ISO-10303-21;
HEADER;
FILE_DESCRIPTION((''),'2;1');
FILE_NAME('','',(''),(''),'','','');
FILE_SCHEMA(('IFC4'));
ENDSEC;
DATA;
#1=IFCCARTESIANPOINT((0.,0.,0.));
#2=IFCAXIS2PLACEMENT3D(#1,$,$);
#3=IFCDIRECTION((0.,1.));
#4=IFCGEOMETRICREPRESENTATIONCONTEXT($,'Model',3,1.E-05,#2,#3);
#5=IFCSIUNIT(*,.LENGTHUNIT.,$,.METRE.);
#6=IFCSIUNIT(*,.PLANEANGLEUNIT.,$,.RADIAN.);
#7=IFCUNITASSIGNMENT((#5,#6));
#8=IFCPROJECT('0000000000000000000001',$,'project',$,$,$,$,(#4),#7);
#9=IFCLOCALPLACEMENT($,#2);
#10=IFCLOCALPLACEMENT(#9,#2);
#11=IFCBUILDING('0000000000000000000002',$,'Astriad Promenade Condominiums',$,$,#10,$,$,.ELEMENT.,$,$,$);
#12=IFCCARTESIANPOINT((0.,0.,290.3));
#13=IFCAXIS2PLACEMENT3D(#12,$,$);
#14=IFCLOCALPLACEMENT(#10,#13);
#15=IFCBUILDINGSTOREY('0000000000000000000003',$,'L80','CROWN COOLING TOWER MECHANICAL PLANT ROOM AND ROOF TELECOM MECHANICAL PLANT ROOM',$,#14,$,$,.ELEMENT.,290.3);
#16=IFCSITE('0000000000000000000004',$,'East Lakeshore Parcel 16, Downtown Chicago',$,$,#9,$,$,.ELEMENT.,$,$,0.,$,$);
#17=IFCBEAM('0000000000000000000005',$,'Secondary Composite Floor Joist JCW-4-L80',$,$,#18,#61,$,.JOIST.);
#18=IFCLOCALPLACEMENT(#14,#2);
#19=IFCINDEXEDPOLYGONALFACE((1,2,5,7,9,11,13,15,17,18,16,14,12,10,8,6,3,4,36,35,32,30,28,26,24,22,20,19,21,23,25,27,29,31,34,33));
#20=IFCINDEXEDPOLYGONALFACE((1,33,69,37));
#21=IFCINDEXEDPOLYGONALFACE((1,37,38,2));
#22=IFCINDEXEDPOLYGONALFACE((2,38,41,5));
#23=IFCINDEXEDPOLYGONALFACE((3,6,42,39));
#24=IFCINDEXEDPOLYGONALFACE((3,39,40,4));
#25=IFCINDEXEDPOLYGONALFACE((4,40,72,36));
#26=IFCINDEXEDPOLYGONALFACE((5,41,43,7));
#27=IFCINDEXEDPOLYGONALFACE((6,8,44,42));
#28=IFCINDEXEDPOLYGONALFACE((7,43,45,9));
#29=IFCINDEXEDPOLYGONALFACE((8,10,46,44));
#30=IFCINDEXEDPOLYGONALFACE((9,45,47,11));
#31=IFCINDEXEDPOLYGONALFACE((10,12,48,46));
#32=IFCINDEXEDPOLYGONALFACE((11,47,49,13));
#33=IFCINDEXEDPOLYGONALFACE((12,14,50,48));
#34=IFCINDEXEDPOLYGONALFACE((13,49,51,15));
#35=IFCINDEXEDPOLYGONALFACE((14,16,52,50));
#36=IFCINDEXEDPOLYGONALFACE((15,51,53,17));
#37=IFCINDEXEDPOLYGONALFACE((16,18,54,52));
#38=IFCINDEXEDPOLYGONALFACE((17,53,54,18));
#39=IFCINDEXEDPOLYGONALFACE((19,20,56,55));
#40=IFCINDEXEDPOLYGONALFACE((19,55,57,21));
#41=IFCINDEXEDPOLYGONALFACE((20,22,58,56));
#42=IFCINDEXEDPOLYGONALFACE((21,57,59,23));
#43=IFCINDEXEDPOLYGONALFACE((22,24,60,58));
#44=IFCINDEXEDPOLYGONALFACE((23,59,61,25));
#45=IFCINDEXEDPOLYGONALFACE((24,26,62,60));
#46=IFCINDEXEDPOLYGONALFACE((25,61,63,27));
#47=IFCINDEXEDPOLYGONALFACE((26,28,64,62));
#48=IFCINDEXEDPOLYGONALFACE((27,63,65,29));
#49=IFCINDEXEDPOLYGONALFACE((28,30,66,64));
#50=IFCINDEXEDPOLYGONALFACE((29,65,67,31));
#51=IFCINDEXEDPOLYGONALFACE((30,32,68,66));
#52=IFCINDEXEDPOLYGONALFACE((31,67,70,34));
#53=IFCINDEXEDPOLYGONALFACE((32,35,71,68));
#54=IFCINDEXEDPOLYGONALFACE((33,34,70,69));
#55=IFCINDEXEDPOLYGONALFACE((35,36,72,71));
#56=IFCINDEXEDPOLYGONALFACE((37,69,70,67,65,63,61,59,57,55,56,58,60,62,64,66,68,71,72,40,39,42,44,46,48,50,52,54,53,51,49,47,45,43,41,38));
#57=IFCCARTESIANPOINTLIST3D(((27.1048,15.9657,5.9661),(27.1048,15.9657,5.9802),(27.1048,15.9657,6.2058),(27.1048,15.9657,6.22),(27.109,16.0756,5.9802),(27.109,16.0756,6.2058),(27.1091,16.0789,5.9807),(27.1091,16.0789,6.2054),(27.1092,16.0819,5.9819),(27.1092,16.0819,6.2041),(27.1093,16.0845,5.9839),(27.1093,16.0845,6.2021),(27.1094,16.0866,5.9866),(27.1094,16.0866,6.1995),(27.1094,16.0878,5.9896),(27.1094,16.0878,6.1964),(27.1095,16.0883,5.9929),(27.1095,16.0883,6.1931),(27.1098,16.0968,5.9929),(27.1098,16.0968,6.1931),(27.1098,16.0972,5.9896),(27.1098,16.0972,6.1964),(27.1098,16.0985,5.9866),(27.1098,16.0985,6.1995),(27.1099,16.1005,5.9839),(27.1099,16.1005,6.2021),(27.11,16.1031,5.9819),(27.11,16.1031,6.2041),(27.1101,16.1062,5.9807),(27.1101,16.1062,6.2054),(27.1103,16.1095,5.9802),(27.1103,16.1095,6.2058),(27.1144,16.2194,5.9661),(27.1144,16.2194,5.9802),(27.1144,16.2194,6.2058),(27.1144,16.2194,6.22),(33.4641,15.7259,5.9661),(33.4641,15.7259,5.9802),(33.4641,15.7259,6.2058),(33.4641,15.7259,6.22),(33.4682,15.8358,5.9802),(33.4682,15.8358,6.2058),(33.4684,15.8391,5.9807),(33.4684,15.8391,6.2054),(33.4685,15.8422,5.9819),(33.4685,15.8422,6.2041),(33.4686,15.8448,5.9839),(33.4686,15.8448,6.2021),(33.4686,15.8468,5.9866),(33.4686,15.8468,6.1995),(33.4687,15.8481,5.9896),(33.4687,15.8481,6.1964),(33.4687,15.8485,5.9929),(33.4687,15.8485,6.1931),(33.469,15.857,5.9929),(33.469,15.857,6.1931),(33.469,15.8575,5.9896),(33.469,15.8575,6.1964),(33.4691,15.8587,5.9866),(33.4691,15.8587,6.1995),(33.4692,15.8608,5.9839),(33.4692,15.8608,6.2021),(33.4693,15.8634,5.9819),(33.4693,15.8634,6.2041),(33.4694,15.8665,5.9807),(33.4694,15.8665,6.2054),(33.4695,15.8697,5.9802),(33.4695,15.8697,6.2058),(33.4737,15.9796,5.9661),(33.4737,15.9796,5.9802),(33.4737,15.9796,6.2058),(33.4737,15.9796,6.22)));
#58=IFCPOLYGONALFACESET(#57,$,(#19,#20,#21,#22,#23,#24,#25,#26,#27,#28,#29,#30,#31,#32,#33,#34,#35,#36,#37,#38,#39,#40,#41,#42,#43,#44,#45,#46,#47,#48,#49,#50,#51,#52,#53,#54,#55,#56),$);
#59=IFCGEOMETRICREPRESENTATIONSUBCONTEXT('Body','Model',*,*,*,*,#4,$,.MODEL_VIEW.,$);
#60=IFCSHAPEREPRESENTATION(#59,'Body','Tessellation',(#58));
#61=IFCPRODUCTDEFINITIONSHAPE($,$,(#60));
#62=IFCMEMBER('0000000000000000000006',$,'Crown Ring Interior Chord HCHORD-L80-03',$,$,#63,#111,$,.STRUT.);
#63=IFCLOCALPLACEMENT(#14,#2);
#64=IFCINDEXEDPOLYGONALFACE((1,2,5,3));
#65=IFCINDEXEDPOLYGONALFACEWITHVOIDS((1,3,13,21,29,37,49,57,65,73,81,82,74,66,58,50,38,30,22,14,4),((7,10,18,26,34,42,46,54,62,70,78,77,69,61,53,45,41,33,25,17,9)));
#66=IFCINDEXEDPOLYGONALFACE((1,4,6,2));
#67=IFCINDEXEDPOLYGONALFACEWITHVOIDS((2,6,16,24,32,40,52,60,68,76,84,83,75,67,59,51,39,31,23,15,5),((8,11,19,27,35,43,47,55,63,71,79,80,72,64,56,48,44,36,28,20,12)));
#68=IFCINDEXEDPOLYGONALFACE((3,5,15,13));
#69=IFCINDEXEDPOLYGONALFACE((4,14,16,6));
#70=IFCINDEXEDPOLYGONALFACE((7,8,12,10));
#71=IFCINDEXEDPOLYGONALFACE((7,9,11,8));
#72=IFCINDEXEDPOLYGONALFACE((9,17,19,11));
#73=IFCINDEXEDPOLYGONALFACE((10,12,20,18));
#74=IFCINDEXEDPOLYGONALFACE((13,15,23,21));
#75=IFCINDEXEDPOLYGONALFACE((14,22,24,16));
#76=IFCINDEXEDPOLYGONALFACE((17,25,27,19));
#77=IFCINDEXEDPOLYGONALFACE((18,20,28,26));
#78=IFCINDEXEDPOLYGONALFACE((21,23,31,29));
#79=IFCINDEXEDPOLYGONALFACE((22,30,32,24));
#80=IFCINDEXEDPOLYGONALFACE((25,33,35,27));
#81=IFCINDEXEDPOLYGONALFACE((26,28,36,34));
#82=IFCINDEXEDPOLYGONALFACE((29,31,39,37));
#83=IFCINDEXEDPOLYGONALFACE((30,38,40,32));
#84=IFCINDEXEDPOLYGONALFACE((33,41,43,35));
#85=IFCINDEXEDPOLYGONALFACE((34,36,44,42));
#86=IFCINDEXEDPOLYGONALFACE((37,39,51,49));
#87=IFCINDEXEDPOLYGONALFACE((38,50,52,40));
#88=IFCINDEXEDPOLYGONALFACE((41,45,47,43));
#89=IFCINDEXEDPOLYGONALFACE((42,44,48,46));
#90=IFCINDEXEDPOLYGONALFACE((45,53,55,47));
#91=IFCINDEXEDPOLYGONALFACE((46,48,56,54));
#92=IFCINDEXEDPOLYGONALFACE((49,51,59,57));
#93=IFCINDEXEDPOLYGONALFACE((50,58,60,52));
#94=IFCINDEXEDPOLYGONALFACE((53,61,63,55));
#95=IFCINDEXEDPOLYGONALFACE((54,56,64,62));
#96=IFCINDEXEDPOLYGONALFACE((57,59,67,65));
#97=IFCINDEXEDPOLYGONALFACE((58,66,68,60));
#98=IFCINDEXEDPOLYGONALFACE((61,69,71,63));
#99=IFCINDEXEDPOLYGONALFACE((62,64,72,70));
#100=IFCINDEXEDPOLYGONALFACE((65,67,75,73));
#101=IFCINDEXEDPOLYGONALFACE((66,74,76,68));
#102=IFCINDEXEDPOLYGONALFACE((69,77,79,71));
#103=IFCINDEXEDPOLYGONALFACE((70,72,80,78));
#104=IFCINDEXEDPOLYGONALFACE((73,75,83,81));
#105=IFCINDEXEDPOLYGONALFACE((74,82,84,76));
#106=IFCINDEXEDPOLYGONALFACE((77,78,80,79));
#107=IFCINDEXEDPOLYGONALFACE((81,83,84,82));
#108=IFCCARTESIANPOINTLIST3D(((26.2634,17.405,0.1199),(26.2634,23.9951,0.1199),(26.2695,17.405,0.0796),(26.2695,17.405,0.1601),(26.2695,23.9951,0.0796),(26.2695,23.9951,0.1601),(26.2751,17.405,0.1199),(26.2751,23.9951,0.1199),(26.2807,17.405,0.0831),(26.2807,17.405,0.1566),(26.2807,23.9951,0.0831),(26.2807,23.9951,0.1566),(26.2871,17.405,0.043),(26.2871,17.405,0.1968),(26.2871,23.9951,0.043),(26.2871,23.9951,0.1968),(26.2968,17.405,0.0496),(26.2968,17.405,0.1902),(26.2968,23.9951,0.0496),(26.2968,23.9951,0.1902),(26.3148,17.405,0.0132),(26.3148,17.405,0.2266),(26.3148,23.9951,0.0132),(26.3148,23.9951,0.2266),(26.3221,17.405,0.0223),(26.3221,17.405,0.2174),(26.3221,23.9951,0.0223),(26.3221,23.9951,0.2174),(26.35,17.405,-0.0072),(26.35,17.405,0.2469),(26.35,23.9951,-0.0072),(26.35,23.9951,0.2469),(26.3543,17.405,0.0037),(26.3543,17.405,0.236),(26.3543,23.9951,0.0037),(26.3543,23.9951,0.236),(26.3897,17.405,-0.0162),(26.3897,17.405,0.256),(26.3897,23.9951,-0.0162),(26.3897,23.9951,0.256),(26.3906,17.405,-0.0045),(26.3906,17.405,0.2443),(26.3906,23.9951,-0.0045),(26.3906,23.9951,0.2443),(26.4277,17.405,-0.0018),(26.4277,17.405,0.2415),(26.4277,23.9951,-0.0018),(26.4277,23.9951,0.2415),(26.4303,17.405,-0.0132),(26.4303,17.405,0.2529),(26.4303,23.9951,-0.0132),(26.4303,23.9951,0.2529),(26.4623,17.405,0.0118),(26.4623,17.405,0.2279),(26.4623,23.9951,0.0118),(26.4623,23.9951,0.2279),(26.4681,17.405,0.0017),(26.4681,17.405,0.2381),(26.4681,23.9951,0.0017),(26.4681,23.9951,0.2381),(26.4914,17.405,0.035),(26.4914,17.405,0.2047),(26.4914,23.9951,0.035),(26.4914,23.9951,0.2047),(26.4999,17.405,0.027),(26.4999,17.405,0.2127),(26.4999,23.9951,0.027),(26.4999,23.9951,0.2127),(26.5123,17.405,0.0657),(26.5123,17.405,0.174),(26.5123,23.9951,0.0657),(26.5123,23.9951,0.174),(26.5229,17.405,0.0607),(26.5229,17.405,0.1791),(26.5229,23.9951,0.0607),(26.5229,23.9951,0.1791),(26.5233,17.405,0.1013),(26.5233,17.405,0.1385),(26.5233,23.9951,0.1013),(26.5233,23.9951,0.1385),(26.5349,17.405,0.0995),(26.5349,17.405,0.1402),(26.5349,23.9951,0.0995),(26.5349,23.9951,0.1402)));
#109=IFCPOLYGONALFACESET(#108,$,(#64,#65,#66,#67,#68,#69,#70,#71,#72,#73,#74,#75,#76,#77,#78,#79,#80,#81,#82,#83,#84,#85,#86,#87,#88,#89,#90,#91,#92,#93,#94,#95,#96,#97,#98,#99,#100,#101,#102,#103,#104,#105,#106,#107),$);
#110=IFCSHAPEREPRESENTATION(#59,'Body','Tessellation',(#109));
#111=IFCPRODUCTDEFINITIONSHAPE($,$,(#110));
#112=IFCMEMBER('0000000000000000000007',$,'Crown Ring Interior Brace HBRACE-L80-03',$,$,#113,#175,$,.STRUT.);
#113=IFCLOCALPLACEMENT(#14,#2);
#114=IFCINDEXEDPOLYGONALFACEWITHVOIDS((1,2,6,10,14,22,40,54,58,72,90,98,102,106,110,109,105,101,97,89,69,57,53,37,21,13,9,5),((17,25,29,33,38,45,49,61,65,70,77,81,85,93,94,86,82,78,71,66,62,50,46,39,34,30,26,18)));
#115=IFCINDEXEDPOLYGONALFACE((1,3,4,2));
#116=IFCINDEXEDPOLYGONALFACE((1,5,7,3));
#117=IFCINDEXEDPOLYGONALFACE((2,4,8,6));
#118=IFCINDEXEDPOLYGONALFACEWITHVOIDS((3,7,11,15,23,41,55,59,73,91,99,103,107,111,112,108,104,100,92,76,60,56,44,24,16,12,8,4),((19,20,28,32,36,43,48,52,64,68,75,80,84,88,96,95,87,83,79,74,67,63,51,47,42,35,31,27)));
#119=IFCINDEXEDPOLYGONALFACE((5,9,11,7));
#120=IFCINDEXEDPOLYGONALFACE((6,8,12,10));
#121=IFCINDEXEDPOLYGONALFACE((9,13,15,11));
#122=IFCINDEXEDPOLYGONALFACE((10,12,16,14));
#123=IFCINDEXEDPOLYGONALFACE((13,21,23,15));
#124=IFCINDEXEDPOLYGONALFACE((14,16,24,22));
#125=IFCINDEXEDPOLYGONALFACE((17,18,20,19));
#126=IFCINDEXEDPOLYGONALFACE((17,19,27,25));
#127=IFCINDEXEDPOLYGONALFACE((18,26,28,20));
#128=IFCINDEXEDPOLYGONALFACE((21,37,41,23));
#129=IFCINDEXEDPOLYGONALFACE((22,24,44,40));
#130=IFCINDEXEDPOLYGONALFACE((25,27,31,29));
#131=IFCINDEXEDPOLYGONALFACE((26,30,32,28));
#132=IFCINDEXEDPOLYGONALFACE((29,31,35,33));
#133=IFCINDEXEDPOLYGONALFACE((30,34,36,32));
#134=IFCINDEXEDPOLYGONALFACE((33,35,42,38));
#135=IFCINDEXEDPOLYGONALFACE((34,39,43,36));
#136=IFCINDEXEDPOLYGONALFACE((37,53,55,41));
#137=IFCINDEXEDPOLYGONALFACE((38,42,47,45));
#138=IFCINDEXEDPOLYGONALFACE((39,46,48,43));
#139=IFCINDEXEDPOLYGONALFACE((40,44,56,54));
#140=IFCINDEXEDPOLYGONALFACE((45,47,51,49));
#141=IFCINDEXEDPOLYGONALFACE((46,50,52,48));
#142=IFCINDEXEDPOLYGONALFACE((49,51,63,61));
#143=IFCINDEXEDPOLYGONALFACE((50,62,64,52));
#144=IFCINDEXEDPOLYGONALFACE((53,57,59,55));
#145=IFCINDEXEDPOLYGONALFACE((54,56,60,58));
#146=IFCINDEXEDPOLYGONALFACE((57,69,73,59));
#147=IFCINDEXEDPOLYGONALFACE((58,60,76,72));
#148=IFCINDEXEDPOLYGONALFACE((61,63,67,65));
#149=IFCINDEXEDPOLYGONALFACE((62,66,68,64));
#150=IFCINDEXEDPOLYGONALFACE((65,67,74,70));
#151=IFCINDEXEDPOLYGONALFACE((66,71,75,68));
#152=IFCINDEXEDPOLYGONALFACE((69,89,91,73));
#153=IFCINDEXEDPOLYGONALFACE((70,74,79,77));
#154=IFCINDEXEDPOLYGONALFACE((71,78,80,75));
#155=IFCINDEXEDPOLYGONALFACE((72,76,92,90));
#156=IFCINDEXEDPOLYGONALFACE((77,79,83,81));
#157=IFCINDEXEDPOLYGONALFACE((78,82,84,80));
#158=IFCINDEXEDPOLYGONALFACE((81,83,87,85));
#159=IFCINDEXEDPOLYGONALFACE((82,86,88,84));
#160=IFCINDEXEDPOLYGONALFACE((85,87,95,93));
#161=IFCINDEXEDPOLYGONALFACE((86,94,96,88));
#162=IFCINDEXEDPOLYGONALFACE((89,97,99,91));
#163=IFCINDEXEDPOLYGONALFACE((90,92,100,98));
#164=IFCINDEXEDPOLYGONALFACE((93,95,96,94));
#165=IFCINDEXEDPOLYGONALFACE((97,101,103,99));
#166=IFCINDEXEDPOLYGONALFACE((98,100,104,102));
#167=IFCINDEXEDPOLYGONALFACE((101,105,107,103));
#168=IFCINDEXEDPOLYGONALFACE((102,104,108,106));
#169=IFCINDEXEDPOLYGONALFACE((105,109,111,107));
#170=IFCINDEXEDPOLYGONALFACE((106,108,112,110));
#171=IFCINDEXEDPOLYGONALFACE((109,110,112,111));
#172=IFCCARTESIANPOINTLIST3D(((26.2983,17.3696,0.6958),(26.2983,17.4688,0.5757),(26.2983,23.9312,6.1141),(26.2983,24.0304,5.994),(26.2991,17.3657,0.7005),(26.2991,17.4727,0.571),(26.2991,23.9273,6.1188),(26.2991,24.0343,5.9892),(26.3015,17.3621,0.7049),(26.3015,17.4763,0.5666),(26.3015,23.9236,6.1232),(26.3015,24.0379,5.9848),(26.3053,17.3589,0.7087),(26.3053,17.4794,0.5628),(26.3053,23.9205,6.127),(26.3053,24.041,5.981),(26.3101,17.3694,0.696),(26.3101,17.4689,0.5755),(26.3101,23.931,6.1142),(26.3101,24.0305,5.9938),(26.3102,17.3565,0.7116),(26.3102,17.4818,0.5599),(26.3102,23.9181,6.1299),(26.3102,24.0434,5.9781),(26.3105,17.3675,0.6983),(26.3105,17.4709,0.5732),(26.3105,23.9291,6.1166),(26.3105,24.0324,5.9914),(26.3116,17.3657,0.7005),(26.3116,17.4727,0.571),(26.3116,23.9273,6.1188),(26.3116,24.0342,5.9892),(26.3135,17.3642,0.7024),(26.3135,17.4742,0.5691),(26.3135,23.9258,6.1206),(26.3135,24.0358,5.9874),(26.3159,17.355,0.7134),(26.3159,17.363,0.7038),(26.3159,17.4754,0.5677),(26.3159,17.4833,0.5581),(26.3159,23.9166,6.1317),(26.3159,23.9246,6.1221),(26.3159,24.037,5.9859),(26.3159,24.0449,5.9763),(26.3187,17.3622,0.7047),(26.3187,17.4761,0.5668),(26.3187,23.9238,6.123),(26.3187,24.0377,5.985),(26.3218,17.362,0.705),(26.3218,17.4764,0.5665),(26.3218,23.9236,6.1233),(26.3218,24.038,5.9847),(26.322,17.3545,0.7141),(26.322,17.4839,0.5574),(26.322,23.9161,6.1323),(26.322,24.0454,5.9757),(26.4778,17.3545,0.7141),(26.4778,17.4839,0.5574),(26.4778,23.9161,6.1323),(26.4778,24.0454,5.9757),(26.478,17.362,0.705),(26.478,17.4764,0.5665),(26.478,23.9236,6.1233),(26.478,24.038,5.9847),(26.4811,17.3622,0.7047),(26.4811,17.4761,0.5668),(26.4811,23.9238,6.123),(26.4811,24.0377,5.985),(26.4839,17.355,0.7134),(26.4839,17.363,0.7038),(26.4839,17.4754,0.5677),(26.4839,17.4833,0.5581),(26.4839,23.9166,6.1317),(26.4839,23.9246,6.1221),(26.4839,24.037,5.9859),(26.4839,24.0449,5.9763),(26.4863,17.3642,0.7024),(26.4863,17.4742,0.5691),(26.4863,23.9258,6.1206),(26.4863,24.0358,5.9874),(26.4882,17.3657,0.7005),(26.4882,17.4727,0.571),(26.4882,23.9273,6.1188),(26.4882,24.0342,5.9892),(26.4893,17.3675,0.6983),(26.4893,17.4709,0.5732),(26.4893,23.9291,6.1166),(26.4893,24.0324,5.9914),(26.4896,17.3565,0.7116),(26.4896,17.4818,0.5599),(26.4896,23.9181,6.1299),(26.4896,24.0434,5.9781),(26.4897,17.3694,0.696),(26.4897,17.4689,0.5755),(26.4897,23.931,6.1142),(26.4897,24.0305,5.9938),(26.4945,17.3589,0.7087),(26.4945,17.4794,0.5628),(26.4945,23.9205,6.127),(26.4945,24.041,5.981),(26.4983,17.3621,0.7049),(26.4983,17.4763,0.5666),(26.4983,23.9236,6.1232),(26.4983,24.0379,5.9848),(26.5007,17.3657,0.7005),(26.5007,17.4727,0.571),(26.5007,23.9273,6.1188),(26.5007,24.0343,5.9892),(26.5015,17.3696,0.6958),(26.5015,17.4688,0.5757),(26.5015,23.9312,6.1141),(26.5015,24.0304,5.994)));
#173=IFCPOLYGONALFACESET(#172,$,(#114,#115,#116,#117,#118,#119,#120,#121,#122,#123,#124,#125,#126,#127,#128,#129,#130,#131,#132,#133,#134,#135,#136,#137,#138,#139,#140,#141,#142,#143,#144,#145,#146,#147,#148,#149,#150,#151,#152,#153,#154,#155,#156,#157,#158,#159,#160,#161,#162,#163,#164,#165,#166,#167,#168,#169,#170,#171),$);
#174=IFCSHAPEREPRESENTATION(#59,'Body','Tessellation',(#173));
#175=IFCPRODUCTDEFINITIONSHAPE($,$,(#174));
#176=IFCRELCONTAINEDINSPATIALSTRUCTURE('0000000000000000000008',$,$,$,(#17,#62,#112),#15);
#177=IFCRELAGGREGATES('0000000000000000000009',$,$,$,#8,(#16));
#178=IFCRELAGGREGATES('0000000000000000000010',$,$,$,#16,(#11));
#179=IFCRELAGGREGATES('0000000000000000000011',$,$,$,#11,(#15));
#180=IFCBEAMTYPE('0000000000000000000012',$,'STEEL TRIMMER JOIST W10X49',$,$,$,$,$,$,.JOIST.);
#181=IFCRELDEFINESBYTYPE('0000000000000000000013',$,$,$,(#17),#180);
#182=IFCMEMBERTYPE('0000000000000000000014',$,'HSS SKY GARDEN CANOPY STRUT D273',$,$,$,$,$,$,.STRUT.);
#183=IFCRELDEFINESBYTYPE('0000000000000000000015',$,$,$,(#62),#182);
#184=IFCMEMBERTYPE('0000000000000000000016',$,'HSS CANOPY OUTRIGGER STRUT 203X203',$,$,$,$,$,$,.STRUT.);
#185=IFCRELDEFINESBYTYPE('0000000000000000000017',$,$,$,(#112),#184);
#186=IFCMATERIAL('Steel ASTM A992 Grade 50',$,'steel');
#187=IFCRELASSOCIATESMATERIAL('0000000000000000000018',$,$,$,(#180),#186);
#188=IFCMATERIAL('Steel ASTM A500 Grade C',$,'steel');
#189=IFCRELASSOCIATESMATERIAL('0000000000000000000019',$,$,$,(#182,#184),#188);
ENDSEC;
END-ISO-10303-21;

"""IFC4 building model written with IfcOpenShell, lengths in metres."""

from ifc_helpers import new_model, si_unit, direction, frame, origin, origin_2d, place, context, subcontext, project, spatial, hollow_rectangle, hollow_circle, i_section, extrude, source, transform, mapped, material, material_profile, profile_set, type_object, type_shapes, element, save


model = new_model("IFC4")

# Units and contexts
model_context = context("Model", 3, precision=1e-05, world=origin(), true_north=direction((0.0, 1.0)))
body_context = subcontext(model_context, "Body", "Model", "MODEL_VIEW")
ifc_project = project(units=[si_unit("LENGTHUNIT", "METRE"), si_unit("PLANEANGLEUNIT", "RADIAN")], contexts=[model_context])

# Site, building, storey
site_placement = place(None, origin())
site = spatial("IfcSite", under=ifc_project, at=site_placement, Name="East Lakeshore Parcel 16, Downtown Chicago", CompositionType="ELEMENT", RefElevation=0.0)
building_placement = place(site_placement, origin())
building = spatial("IfcBuilding", under=site, at=building_placement, Name="Astriad Promenade Condominiums", CompositionType="ELEMENT")
storey_placement = place(building_placement, frame((0.0, 0.0, 290.3)))
storey = spatial("IfcBuildingStorey", under=building, at=storey_placement, Name="L80", Description="CROWN COOLING TOWER MECHANICAL PLANT ROOM AND ROOF TELECOM MECHANICAL PLANT ROOM", CompositionType="ELEMENT", Elevation=290.3)

# Shared definitions
ifc_material_1 = material(Name="Steel ASTM A992 Grade 50", Category="steel")

# Beam
ifc_material_profile_1 = material_profile(ifc_material_1, i_section(OverallWidth=0.2539, OverallDepth=0.2539, WebThickness=0.0085, FlangeThickness=0.0142, FilletRadius=0.0127, at=origin_2d()), Name="W10X49")
ifc_profile_set_1 = profile_set([ifc_material_profile_1], Name="Steel ASTM A992 Grade 50")
beam_type_1 = type_object("IfcBeamType", Name="STEEL TRIMMER JOIST W10X49", PredefinedType="JOIST", material=ifc_profile_set_1)
shared_shape_1 = source(origin(), body_context, "Body", "SweptSolid", [
    extrude(i_section(OverallWidth=0.2539, OverallDepth=0.2539, WebThickness=0.0085, FlangeThickness=0.0142, FilletRadius=0.0127, at=origin_2d()), origin(), (0.0, 0.0, 1.0), 6.3638),
])
type_shapes(beam_type_1, [shared_shape_1])
beam_1_placement = place(storey_placement, frame((27.1096, 16.0925, 6.093), z_axis=(0.99929, -0.037674, 0.0), x_axis=(0.037674, 0.99929, 0.0)))
element("IfcBeam", 1, at=beam_1_placement, inside=storey, type_object=beam_type_1, Name="Secondary Composite Floor Joist JCW-4-L80", PredefinedType="JOIST", context=body_context, shape_type="MappedRepresentation", body=[
    mapped(shared_shape_1, transform((0.0, 0.0, 0.0), scale=1.0)),
])

# Members
ifc_material_2 = material(Name="Steel ASTM A500 Grade C", Category="steel")
ifc_material_profile_2 = material_profile(ifc_material_2, hollow_circle(Radius=0.1365, WallThickness=0.0117, at=origin_2d()), Name="HSS273.1X12.7")
ifc_profile_set_2 = profile_set([ifc_material_profile_2], Name="Steel ASTM A500 Grade C")
member_type_1 = type_object("IfcMemberType", Name="HSS SKY GARDEN CANOPY STRUT D273", PredefinedType="STRUT", material=ifc_profile_set_2)
shared_shape_2 = source(origin(), body_context, "Body", "SweptSolid", [
    extrude(hollow_circle(Radius=0.1365, WallThickness=0.0117, at=origin_2d()), origin(), (0.0, 0.0, 1.0), 6.5901),
])
type_shapes(member_type_1, [shared_shape_2])
member_1_placement = place(storey_placement, frame((26.3999, 17.405, 0.1199), z_axis=(0.0, 1.0, 0.0), x_axis=(-1.0, 0.0, 0.0)))
element("IfcMember", 2, at=member_1_placement, inside=storey, type_object=member_type_1, Name="Crown Ring Interior Chord HCHORD-L80-03", PredefinedType="STRUT", context=body_context, shape_type="MappedRepresentation", body=[
    mapped(shared_shape_2, transform((0.0, 0.0, 0.0), scale=1.0)),
])
ifc_material_profile_3 = material_profile(ifc_material_2, hollow_rectangle(XDim=0.2031, YDim=0.2031, WallThickness=0.0117, InnerFilletRadius=0.0117, OuterFilletRadius=0.0237, at=origin_2d()), Name="HSS203X203X12.7")
ifc_profile_set_3 = profile_set([ifc_material_profile_3], Name="Steel ASTM A500 Grade C")
member_type_2 = type_object("IfcMemberType", Name="HSS CANOPY OUTRIGGER STRUT 203X203", PredefinedType="STRUT", material=ifc_profile_set_3)
shared_shape_3 = source(origin(), body_context, "Body", "SweptSolid", [
    extrude(hollow_rectangle(XDim=0.2031, YDim=0.2031, WallThickness=0.0117, InnerFilletRadius=0.0117, OuterFilletRadius=0.0237, at=origin_2d()), origin(), (0.0, 0.0, 1.0), 8.5095),
])
type_shapes(member_type_2, [shared_shape_3])
member_2_placement = place(storey_placement, frame((26.3999, 17.4192, 0.6357), z_axis=(0.0, 0.771087, 0.636729), x_axis=(-1.0, 0.0, 0.0)))
element("IfcMember", 3, at=member_2_placement, inside=storey, type_object=member_type_2, Name="Crown Ring Interior Brace HBRACE-L80-03", PredefinedType="STRUT", context=body_context, shape_type="MappedRepresentation", body=[
    mapped(shared_shape_3, transform((0.0, 0.0, 0.0), scale=1.0)),
])

save(model, "model.ifc")
